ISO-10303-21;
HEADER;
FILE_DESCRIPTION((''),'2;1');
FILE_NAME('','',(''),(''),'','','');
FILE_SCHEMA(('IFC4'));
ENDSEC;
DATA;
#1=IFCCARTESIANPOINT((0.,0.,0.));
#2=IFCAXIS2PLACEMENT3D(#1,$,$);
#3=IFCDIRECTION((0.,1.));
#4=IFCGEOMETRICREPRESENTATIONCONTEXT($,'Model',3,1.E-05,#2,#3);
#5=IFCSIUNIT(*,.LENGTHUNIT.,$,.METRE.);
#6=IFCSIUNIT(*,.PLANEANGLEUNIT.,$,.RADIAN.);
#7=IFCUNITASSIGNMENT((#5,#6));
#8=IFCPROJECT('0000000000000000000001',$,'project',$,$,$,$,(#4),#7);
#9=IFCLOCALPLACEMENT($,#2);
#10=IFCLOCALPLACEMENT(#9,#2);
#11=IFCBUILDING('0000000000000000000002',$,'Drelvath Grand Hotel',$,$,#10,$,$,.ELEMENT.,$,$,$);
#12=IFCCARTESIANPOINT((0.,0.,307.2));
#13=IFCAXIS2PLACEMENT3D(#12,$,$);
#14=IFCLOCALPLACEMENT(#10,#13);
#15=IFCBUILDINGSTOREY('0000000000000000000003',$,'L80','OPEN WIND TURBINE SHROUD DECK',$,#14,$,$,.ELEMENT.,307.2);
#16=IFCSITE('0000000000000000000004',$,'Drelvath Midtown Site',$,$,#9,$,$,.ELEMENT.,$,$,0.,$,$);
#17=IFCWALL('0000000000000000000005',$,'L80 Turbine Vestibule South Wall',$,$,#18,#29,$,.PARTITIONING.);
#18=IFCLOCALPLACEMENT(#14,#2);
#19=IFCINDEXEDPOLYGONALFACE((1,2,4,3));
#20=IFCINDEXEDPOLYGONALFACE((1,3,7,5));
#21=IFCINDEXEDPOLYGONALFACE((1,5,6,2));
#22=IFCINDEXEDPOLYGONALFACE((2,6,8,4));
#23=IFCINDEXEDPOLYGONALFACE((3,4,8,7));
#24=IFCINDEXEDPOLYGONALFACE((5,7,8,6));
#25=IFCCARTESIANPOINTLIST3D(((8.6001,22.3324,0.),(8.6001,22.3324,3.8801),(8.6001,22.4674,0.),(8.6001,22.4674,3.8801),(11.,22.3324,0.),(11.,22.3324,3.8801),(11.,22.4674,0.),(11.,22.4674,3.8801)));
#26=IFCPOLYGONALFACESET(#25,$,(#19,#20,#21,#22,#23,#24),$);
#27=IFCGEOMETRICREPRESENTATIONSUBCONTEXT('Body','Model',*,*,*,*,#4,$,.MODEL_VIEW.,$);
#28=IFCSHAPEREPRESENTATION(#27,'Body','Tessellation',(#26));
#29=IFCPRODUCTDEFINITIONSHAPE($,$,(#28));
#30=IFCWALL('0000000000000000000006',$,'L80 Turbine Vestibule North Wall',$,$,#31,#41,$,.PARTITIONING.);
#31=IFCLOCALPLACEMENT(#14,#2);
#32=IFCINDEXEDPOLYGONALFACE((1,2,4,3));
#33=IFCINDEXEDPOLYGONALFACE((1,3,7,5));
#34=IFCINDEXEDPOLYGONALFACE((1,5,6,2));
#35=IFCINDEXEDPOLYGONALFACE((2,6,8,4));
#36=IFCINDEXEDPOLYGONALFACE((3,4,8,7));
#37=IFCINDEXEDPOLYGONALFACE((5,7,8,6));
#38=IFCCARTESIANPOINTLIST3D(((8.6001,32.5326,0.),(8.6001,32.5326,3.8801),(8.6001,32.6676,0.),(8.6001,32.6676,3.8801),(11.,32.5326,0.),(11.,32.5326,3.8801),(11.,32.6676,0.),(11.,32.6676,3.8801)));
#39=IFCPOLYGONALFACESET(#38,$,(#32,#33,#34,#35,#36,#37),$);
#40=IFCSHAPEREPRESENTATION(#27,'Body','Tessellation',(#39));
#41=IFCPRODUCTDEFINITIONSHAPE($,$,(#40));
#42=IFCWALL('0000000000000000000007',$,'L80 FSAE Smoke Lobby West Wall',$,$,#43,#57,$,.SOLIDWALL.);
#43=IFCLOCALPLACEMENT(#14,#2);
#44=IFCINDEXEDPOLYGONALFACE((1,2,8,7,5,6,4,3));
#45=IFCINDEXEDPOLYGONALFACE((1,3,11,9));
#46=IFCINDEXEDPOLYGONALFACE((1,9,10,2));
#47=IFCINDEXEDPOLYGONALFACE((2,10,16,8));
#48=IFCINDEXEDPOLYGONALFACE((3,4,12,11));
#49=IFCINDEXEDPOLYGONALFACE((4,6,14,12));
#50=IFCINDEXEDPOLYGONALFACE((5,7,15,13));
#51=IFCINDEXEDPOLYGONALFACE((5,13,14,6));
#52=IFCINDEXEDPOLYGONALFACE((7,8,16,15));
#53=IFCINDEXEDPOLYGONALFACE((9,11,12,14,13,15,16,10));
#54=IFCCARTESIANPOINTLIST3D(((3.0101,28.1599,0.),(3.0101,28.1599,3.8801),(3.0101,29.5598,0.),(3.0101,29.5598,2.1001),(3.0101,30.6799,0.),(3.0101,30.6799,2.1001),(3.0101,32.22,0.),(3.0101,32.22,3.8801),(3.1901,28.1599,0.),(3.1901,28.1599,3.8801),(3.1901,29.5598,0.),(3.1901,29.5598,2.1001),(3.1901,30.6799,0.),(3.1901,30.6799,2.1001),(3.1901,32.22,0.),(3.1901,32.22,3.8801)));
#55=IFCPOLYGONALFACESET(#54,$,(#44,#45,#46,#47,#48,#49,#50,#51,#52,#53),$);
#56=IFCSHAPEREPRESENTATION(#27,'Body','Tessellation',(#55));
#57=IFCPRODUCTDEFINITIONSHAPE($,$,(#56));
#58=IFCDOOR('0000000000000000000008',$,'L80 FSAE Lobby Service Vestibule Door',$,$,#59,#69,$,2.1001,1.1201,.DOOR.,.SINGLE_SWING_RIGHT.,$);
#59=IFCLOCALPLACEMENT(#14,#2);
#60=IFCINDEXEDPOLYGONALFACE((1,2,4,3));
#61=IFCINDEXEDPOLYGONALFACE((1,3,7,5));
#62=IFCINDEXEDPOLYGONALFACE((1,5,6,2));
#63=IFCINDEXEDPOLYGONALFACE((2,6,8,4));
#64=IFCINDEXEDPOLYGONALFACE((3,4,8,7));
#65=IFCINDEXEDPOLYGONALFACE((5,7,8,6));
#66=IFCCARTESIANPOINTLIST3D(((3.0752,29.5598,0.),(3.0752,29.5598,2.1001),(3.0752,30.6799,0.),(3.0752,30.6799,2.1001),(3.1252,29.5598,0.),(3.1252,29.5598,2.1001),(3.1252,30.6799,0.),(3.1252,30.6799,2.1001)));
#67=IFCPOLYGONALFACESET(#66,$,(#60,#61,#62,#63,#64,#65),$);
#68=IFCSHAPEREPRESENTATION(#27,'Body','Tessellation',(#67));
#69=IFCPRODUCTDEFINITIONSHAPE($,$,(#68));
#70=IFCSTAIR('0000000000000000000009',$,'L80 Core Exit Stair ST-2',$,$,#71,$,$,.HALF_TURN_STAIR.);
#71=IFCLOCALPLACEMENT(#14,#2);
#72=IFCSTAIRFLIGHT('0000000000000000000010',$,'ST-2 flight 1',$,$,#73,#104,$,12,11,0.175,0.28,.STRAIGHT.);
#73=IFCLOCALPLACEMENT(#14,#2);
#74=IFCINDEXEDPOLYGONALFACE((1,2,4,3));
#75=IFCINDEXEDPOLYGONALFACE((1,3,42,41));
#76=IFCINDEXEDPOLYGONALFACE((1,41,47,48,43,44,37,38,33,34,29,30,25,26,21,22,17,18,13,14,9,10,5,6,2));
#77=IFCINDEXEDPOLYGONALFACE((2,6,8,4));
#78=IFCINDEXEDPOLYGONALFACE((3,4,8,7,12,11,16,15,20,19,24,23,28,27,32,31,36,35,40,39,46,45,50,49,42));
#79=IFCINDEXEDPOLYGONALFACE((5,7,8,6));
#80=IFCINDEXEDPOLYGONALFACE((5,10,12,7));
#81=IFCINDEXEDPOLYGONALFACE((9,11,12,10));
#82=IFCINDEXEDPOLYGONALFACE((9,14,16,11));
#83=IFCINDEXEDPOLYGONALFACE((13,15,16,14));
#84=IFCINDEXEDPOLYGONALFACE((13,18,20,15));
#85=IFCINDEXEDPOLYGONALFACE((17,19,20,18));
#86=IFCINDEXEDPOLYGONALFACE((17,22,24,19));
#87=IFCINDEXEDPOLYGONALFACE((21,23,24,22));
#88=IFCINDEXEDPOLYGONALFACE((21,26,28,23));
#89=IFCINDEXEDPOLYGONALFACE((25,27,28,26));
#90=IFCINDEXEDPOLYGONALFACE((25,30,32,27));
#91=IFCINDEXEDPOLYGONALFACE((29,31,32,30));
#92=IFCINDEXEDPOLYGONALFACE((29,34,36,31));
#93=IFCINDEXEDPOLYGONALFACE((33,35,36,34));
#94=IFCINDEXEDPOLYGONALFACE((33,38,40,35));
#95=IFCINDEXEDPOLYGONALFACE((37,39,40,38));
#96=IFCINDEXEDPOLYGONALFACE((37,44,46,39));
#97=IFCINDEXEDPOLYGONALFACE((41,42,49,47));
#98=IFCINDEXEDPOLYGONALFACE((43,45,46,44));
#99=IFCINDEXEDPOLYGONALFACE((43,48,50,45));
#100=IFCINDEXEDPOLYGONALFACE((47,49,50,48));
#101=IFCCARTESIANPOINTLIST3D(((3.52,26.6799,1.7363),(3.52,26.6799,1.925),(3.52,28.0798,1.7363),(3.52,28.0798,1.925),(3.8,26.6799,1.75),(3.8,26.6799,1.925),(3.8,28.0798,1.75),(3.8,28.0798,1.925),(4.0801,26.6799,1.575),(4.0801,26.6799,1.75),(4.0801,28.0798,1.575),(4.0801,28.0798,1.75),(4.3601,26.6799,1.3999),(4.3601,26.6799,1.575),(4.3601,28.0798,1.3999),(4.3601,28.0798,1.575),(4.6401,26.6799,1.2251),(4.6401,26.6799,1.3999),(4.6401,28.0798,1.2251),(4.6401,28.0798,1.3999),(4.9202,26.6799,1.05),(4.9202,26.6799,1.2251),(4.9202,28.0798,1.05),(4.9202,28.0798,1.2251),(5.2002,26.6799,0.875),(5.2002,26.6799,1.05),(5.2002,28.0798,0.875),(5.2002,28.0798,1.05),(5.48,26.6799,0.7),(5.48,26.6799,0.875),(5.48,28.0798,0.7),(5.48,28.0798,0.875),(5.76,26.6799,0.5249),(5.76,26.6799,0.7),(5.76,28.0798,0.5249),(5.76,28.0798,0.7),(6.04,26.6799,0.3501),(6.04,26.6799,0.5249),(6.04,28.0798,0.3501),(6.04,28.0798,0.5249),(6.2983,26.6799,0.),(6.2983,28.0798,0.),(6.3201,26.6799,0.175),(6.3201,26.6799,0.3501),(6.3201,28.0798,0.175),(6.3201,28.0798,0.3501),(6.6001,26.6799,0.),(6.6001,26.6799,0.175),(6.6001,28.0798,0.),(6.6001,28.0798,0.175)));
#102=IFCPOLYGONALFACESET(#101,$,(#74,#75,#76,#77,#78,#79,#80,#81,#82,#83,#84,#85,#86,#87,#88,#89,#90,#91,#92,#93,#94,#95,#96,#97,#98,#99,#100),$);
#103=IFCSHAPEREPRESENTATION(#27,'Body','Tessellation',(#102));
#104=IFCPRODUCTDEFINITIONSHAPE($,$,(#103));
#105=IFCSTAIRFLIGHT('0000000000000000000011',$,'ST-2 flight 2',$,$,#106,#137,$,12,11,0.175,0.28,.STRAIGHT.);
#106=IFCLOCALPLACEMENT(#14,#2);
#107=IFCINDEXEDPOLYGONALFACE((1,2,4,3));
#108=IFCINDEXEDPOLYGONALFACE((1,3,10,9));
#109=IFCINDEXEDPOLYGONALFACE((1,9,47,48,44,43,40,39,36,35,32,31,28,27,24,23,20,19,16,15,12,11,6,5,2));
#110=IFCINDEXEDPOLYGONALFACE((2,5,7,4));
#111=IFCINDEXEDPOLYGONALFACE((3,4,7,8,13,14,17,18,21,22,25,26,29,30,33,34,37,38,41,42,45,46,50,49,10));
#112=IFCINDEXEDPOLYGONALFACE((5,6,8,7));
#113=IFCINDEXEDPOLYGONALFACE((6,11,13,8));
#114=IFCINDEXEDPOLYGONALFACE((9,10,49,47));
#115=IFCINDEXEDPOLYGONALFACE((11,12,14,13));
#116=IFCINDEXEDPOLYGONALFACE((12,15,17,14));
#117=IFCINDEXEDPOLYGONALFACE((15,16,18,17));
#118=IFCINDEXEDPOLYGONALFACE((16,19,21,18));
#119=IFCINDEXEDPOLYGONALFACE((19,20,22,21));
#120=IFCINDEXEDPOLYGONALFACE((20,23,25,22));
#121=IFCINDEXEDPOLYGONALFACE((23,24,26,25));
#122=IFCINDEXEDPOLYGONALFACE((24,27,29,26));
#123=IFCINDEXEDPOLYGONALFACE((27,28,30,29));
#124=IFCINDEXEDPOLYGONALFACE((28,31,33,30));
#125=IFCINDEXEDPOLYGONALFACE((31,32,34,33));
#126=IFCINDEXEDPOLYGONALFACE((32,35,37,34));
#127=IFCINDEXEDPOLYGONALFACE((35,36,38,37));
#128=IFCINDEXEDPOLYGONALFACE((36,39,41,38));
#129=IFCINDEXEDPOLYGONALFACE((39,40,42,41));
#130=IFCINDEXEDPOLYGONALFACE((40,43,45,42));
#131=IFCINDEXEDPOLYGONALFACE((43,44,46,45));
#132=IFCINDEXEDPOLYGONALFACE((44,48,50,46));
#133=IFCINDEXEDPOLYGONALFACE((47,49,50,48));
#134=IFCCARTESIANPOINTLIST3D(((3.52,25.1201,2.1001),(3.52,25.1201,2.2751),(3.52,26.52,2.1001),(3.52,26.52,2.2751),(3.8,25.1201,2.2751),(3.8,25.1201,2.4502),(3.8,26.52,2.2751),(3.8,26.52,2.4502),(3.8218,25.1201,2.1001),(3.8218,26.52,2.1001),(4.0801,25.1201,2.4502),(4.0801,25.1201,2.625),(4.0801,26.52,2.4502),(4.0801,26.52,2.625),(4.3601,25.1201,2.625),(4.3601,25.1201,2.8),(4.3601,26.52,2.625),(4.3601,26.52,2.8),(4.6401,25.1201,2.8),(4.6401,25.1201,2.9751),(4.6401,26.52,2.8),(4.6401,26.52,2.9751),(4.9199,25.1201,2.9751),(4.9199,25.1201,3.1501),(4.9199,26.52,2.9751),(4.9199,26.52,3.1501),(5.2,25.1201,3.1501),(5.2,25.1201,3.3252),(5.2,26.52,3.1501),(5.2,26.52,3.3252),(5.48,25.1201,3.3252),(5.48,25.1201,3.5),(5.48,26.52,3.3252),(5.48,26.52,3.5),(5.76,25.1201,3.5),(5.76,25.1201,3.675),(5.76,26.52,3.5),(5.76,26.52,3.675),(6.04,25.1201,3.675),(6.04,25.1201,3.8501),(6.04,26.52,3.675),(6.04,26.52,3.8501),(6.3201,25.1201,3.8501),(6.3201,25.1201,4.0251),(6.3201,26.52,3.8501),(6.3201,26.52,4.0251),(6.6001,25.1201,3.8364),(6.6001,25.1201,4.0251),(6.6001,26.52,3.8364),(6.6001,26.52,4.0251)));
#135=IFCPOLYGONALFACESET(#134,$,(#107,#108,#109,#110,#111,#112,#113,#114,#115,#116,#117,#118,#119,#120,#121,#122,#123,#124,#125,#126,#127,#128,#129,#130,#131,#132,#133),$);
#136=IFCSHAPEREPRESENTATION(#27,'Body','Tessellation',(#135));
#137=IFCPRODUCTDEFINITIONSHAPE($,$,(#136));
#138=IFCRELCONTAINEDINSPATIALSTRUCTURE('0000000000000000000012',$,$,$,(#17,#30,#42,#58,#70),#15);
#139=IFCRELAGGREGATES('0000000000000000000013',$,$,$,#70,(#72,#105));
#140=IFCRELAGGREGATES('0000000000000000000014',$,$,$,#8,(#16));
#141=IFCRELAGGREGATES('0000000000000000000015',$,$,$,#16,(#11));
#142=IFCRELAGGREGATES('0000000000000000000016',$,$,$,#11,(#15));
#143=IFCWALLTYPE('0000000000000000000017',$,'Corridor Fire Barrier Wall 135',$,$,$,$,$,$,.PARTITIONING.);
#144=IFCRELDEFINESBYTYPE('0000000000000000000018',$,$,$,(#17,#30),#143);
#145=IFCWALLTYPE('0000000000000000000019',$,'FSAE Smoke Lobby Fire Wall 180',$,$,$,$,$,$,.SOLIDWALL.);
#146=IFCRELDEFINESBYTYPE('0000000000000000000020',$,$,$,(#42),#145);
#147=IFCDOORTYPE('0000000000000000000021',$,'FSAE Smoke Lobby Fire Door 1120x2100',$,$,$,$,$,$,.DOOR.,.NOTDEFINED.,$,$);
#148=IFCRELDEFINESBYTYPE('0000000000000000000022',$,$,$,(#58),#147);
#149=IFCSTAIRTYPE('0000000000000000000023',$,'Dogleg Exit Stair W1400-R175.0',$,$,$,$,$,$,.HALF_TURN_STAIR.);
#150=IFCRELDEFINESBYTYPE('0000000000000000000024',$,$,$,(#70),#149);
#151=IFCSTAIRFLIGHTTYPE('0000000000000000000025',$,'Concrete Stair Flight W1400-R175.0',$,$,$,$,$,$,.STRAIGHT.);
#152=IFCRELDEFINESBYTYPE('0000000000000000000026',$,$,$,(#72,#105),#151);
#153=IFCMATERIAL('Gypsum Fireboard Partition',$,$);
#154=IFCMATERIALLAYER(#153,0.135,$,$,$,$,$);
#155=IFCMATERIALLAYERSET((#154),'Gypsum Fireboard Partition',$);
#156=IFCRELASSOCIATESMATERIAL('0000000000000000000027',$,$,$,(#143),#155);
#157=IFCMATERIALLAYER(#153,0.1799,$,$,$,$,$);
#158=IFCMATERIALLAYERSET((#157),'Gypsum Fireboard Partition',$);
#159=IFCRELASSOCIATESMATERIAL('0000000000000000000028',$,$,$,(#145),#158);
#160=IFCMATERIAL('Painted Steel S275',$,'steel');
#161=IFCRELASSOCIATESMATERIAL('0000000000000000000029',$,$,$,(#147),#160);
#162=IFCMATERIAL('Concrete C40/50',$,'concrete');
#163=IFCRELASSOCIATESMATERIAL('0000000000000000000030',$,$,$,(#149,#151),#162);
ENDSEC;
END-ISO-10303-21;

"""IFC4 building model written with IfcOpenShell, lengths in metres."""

from ifc_helpers import new_model, si_unit, direction, frame, frame_2d, origin, place, context, subcontext, project, spatial, polyline, rectangle, outline, extrude, material, layer, layer_set, type_object, element, fill, aggregate, save


model = new_model("IFC4")

# Units and contexts
model_context = context("Model", 3, precision=1e-05, world=origin(), true_north=direction((0.0, 1.0)))
body_context = subcontext(model_context, "Body", "Model", "MODEL_VIEW")
ifc_project = project(units=[si_unit("LENGTHUNIT", "METRE"), si_unit("PLANEANGLEUNIT", "RADIAN")], contexts=[model_context])

# Site, building, storey
site_placement = place(None, origin())
site = spatial("IfcSite", under=ifc_project, at=site_placement, Name="Drelvath Midtown Site", CompositionType="ELEMENT", RefElevation=0.0)
building_placement = place(site_placement, origin())
building = spatial("IfcBuilding", under=site, at=building_placement, Name="Drelvath Grand Hotel", CompositionType="ELEMENT")
storey_placement = place(building_placement, frame((0.0, 0.0, 307.2)))
storey = spatial("IfcBuildingStorey", under=building, at=storey_placement, Name="L80", Description="OPEN WIND TURBINE SHROUD DECK", CompositionType="ELEMENT", Elevation=307.2)

# Shared definitions
ifc_material_1 = material(Name="Concrete C40/50", Category="concrete")

# Shared definitions
ifc_material_2 = material(Name="Painted Steel S275", Category="steel")

# Walls
ifc_material_3 = material(Name="Gypsum Fireboard Partition")
ifc_layer_1 = layer(ifc_material_3, 0.135)
ifc_layer_set_1 = layer_set([ifc_layer_1], Name="Gypsum Fireboard Partition")
wall_type_1 = type_object("IfcWallType", Name="Corridor Fire Barrier Wall 135", PredefinedType="PARTITIONING", material=ifc_layer_set_1)
for number, where, z_axis, x_axis, name in (
    (1, (8.6001, 22.3999, 0.0), (0.0, 0.0, 1.0), (1.0, 0.0, 0.0), "L80 Turbine Vestibule South Wall"),
    (2, (8.6001, 32.6001, 0.0), (0.0, 0.0, 1.0), (1.0, 0.0, 0.0), "L80 Turbine Vestibule North Wall"),
):
    element("IfcWall", number, at=place(storey_placement, frame(where, z_axis=z_axis, x_axis=x_axis)), inside=storey, type_object=wall_type_1, Name=name, PredefinedType="PARTITIONING", context=body_context, shape_type="SweptSolid", body=[
        extrude(rectangle(XDim=2.3999, YDim=0.135, at=frame_2d((1.2, 0.0))), origin(), (0.0, 0.0, 1.0), 3.8801),
    ])

# Wall, opening, door
ifc_layer_2 = layer(ifc_material_3, 0.1799)
ifc_layer_set_2 = layer_set([ifc_layer_2], Name="Gypsum Fireboard Partition")
wall_type_2 = type_object("IfcWallType", Name="FSAE Smoke Lobby Fire Wall 180", PredefinedType="SOLIDWALL", material=ifc_layer_set_2)
wall_1_placement = place(storey_placement, frame((3.1001, 28.1599, 0.0), z_axis=(0.0, 0.0, 1.0), x_axis=(0.0, 1.0, 0.0)))
wall_1 = element("IfcWall", 3, at=wall_1_placement, inside=storey, type_object=wall_type_2, Name="L80 FSAE Smoke Lobby West Wall", PredefinedType="SOLIDWALL", context=body_context, shape_type="SweptSolid", body=[
    extrude(rectangle(XDim=4.0601, YDim=0.1799, at=frame_2d((2.03, 0.0))), origin(), (0.0, 0.0, 1.0), 3.8801),
])
opening_1_placement = place(wall_1_placement, frame((1.3999, 0.0, 0.0)))
opening_1 = element("IfcOpeningElement", 4, at=opening_1_placement, cuts=wall_1, PredefinedType="OPENING", context=body_context, shape_type="SweptSolid", body=[
    extrude(rectangle(XDim=1.1201, YDim=2.1001, at=frame_2d((0.5601, 1.05))), frame((0.0, 0.0999, 0.0), z_axis=(0.0, -1.0, 0.0), x_axis=(1.0, 0.0, 0.0)), (0.0, 0.0, 1.0), 0.2),
])
door_type_1 = type_object("IfcDoorType", Name="FSAE Smoke Lobby Fire Door 1120x2100", OperationType="NOTDEFINED", PredefinedType="DOOR", material=ifc_material_2)
door_1_placement = place(opening_1_placement, origin())
door_1 = element("IfcDoor", 5, at=door_1_placement, inside=storey, type_object=door_type_1, Name="L80 FSAE Lobby Service Vestibule Door", OperationType="SINGLE_SWING_RIGHT", OverallHeight=2.1001, OverallWidth=1.1201, PredefinedType="DOOR", context=body_context, shape_type="SweptSolid", body=[
    extrude(rectangle(XDim=1.1201, YDim=2.1001, at=frame_2d((0.5601, 1.05))), frame((0.0, 0.0249, 0.0), z_axis=(0.0, -1.0, 0.0), x_axis=(1.0, 0.0, 0.0)), (0.0, 0.0, 1.0), 0.05),
])
fill(opening_1, door_1)

# Stair, stair flights
stair_type = type_object("IfcStairType", Name="Dogleg Exit Stair W1400-R175.0", PredefinedType="HALF_TURN_STAIR", material=ifc_material_1)
stair_placement = place(storey_placement, origin())
stair = element("IfcStair", 6, at=stair_placement, inside=storey, type_object=stair_type, Name="L80 Core Exit Stair ST-2", PredefinedType="HALF_TURN_STAIR")
stair_flight_type = type_object("IfcStairFlightType", Name="Concrete Stair Flight W1400-R175.0", PredefinedType="STRAIGHT", material=ifc_material_1)
stair_flight_1_placement = place(storey_placement, frame((6.6001, 27.3799, 0.0), z_axis=(0.0, 0.0, 1.0), x_axis=(-1.0, 0.0, 0.0)))
stair_flight_1 = element("IfcStairFlight", 7, at=stair_flight_1_placement, type_object=stair_flight_type, Name="ST-2 flight 1", NumberOfRisers=12, NumberOfTreads=11, PredefinedType="STRAIGHT", RiserHeight=0.175, TreadLength=0.28, context=body_context, shape_type="SweptSolid", body=[
    extrude(outline(polyline([(0.0, 0.0), (0.0, 0.175), (0.28, 0.175), (0.28, 0.3501), (0.5601, 0.3501), (0.5601, 0.5249), (0.8401, 0.5249), (0.8401, 0.7), (1.1201, 0.7), (1.1201, 0.875), (1.3999, 0.875), (1.3999, 1.05), (1.6799, 1.05), (1.6799, 1.2251), (1.96, 1.2251), (1.96, 1.3999), (2.24, 1.3999), (2.24, 1.575), (2.52, 1.575), (2.52, 1.75), (2.8, 1.75), (2.8, 1.925), (3.0801, 1.925), (3.0801, 2.1001), (3.0801, 1.7363), (0.3018, 0.0), (0.0, 0.0)])), frame((0.0, 0.7, 0.0), z_axis=(0.0, -1.0, 0.0), x_axis=(1.0, 0.0, 0.0)), (0.0, 0.0, 1.0), 1.3999),
])
stair_flight_2_placement = place(storey_placement, frame((3.52, 25.8201, 2.1001), z_axis=(0.0, 0.0, 1.0), x_axis=(1.0, 0.0, 0.0)))
stair_flight_2 = element("IfcStairFlight", 8, at=stair_flight_2_placement, type_object=stair_flight_type, Name="ST-2 flight 2", NumberOfRisers=12, NumberOfTreads=11, PredefinedType="STRAIGHT", RiserHeight=0.175, TreadLength=0.28, context=body_context, shape_type="SweptSolid", body=[
    extrude(outline(polyline([(0.0, 0.0), (0.0, 0.175), (0.28, 0.175), (0.28, 0.3501), (0.5601, 0.3501), (0.5601, 0.5249), (0.8401, 0.5249), (0.8401, 0.7), (1.1201, 0.7), (1.1201, 0.875), (1.3999, 0.875), (1.3999, 1.05), (1.6799, 1.05), (1.6799, 1.2251), (1.96, 1.2251), (1.96, 1.3999), (2.24, 1.3999), (2.24, 1.575), (2.52, 1.575), (2.52, 1.75), (2.8, 1.75), (2.8, 1.925), (3.0801, 1.925), (3.0801, 2.1001), (3.0801, 1.7363), (0.3018, 0.0), (0.0, 0.0)])), frame((0.0, 0.7, 0.0), z_axis=(0.0, -1.0, 0.0), x_axis=(1.0, 0.0, 0.0)), (0.0, 0.0, 1.0), 1.3999),
])
aggregate(stair, [stair_flight_1, stair_flight_2])

save(model, "model.ifc")
